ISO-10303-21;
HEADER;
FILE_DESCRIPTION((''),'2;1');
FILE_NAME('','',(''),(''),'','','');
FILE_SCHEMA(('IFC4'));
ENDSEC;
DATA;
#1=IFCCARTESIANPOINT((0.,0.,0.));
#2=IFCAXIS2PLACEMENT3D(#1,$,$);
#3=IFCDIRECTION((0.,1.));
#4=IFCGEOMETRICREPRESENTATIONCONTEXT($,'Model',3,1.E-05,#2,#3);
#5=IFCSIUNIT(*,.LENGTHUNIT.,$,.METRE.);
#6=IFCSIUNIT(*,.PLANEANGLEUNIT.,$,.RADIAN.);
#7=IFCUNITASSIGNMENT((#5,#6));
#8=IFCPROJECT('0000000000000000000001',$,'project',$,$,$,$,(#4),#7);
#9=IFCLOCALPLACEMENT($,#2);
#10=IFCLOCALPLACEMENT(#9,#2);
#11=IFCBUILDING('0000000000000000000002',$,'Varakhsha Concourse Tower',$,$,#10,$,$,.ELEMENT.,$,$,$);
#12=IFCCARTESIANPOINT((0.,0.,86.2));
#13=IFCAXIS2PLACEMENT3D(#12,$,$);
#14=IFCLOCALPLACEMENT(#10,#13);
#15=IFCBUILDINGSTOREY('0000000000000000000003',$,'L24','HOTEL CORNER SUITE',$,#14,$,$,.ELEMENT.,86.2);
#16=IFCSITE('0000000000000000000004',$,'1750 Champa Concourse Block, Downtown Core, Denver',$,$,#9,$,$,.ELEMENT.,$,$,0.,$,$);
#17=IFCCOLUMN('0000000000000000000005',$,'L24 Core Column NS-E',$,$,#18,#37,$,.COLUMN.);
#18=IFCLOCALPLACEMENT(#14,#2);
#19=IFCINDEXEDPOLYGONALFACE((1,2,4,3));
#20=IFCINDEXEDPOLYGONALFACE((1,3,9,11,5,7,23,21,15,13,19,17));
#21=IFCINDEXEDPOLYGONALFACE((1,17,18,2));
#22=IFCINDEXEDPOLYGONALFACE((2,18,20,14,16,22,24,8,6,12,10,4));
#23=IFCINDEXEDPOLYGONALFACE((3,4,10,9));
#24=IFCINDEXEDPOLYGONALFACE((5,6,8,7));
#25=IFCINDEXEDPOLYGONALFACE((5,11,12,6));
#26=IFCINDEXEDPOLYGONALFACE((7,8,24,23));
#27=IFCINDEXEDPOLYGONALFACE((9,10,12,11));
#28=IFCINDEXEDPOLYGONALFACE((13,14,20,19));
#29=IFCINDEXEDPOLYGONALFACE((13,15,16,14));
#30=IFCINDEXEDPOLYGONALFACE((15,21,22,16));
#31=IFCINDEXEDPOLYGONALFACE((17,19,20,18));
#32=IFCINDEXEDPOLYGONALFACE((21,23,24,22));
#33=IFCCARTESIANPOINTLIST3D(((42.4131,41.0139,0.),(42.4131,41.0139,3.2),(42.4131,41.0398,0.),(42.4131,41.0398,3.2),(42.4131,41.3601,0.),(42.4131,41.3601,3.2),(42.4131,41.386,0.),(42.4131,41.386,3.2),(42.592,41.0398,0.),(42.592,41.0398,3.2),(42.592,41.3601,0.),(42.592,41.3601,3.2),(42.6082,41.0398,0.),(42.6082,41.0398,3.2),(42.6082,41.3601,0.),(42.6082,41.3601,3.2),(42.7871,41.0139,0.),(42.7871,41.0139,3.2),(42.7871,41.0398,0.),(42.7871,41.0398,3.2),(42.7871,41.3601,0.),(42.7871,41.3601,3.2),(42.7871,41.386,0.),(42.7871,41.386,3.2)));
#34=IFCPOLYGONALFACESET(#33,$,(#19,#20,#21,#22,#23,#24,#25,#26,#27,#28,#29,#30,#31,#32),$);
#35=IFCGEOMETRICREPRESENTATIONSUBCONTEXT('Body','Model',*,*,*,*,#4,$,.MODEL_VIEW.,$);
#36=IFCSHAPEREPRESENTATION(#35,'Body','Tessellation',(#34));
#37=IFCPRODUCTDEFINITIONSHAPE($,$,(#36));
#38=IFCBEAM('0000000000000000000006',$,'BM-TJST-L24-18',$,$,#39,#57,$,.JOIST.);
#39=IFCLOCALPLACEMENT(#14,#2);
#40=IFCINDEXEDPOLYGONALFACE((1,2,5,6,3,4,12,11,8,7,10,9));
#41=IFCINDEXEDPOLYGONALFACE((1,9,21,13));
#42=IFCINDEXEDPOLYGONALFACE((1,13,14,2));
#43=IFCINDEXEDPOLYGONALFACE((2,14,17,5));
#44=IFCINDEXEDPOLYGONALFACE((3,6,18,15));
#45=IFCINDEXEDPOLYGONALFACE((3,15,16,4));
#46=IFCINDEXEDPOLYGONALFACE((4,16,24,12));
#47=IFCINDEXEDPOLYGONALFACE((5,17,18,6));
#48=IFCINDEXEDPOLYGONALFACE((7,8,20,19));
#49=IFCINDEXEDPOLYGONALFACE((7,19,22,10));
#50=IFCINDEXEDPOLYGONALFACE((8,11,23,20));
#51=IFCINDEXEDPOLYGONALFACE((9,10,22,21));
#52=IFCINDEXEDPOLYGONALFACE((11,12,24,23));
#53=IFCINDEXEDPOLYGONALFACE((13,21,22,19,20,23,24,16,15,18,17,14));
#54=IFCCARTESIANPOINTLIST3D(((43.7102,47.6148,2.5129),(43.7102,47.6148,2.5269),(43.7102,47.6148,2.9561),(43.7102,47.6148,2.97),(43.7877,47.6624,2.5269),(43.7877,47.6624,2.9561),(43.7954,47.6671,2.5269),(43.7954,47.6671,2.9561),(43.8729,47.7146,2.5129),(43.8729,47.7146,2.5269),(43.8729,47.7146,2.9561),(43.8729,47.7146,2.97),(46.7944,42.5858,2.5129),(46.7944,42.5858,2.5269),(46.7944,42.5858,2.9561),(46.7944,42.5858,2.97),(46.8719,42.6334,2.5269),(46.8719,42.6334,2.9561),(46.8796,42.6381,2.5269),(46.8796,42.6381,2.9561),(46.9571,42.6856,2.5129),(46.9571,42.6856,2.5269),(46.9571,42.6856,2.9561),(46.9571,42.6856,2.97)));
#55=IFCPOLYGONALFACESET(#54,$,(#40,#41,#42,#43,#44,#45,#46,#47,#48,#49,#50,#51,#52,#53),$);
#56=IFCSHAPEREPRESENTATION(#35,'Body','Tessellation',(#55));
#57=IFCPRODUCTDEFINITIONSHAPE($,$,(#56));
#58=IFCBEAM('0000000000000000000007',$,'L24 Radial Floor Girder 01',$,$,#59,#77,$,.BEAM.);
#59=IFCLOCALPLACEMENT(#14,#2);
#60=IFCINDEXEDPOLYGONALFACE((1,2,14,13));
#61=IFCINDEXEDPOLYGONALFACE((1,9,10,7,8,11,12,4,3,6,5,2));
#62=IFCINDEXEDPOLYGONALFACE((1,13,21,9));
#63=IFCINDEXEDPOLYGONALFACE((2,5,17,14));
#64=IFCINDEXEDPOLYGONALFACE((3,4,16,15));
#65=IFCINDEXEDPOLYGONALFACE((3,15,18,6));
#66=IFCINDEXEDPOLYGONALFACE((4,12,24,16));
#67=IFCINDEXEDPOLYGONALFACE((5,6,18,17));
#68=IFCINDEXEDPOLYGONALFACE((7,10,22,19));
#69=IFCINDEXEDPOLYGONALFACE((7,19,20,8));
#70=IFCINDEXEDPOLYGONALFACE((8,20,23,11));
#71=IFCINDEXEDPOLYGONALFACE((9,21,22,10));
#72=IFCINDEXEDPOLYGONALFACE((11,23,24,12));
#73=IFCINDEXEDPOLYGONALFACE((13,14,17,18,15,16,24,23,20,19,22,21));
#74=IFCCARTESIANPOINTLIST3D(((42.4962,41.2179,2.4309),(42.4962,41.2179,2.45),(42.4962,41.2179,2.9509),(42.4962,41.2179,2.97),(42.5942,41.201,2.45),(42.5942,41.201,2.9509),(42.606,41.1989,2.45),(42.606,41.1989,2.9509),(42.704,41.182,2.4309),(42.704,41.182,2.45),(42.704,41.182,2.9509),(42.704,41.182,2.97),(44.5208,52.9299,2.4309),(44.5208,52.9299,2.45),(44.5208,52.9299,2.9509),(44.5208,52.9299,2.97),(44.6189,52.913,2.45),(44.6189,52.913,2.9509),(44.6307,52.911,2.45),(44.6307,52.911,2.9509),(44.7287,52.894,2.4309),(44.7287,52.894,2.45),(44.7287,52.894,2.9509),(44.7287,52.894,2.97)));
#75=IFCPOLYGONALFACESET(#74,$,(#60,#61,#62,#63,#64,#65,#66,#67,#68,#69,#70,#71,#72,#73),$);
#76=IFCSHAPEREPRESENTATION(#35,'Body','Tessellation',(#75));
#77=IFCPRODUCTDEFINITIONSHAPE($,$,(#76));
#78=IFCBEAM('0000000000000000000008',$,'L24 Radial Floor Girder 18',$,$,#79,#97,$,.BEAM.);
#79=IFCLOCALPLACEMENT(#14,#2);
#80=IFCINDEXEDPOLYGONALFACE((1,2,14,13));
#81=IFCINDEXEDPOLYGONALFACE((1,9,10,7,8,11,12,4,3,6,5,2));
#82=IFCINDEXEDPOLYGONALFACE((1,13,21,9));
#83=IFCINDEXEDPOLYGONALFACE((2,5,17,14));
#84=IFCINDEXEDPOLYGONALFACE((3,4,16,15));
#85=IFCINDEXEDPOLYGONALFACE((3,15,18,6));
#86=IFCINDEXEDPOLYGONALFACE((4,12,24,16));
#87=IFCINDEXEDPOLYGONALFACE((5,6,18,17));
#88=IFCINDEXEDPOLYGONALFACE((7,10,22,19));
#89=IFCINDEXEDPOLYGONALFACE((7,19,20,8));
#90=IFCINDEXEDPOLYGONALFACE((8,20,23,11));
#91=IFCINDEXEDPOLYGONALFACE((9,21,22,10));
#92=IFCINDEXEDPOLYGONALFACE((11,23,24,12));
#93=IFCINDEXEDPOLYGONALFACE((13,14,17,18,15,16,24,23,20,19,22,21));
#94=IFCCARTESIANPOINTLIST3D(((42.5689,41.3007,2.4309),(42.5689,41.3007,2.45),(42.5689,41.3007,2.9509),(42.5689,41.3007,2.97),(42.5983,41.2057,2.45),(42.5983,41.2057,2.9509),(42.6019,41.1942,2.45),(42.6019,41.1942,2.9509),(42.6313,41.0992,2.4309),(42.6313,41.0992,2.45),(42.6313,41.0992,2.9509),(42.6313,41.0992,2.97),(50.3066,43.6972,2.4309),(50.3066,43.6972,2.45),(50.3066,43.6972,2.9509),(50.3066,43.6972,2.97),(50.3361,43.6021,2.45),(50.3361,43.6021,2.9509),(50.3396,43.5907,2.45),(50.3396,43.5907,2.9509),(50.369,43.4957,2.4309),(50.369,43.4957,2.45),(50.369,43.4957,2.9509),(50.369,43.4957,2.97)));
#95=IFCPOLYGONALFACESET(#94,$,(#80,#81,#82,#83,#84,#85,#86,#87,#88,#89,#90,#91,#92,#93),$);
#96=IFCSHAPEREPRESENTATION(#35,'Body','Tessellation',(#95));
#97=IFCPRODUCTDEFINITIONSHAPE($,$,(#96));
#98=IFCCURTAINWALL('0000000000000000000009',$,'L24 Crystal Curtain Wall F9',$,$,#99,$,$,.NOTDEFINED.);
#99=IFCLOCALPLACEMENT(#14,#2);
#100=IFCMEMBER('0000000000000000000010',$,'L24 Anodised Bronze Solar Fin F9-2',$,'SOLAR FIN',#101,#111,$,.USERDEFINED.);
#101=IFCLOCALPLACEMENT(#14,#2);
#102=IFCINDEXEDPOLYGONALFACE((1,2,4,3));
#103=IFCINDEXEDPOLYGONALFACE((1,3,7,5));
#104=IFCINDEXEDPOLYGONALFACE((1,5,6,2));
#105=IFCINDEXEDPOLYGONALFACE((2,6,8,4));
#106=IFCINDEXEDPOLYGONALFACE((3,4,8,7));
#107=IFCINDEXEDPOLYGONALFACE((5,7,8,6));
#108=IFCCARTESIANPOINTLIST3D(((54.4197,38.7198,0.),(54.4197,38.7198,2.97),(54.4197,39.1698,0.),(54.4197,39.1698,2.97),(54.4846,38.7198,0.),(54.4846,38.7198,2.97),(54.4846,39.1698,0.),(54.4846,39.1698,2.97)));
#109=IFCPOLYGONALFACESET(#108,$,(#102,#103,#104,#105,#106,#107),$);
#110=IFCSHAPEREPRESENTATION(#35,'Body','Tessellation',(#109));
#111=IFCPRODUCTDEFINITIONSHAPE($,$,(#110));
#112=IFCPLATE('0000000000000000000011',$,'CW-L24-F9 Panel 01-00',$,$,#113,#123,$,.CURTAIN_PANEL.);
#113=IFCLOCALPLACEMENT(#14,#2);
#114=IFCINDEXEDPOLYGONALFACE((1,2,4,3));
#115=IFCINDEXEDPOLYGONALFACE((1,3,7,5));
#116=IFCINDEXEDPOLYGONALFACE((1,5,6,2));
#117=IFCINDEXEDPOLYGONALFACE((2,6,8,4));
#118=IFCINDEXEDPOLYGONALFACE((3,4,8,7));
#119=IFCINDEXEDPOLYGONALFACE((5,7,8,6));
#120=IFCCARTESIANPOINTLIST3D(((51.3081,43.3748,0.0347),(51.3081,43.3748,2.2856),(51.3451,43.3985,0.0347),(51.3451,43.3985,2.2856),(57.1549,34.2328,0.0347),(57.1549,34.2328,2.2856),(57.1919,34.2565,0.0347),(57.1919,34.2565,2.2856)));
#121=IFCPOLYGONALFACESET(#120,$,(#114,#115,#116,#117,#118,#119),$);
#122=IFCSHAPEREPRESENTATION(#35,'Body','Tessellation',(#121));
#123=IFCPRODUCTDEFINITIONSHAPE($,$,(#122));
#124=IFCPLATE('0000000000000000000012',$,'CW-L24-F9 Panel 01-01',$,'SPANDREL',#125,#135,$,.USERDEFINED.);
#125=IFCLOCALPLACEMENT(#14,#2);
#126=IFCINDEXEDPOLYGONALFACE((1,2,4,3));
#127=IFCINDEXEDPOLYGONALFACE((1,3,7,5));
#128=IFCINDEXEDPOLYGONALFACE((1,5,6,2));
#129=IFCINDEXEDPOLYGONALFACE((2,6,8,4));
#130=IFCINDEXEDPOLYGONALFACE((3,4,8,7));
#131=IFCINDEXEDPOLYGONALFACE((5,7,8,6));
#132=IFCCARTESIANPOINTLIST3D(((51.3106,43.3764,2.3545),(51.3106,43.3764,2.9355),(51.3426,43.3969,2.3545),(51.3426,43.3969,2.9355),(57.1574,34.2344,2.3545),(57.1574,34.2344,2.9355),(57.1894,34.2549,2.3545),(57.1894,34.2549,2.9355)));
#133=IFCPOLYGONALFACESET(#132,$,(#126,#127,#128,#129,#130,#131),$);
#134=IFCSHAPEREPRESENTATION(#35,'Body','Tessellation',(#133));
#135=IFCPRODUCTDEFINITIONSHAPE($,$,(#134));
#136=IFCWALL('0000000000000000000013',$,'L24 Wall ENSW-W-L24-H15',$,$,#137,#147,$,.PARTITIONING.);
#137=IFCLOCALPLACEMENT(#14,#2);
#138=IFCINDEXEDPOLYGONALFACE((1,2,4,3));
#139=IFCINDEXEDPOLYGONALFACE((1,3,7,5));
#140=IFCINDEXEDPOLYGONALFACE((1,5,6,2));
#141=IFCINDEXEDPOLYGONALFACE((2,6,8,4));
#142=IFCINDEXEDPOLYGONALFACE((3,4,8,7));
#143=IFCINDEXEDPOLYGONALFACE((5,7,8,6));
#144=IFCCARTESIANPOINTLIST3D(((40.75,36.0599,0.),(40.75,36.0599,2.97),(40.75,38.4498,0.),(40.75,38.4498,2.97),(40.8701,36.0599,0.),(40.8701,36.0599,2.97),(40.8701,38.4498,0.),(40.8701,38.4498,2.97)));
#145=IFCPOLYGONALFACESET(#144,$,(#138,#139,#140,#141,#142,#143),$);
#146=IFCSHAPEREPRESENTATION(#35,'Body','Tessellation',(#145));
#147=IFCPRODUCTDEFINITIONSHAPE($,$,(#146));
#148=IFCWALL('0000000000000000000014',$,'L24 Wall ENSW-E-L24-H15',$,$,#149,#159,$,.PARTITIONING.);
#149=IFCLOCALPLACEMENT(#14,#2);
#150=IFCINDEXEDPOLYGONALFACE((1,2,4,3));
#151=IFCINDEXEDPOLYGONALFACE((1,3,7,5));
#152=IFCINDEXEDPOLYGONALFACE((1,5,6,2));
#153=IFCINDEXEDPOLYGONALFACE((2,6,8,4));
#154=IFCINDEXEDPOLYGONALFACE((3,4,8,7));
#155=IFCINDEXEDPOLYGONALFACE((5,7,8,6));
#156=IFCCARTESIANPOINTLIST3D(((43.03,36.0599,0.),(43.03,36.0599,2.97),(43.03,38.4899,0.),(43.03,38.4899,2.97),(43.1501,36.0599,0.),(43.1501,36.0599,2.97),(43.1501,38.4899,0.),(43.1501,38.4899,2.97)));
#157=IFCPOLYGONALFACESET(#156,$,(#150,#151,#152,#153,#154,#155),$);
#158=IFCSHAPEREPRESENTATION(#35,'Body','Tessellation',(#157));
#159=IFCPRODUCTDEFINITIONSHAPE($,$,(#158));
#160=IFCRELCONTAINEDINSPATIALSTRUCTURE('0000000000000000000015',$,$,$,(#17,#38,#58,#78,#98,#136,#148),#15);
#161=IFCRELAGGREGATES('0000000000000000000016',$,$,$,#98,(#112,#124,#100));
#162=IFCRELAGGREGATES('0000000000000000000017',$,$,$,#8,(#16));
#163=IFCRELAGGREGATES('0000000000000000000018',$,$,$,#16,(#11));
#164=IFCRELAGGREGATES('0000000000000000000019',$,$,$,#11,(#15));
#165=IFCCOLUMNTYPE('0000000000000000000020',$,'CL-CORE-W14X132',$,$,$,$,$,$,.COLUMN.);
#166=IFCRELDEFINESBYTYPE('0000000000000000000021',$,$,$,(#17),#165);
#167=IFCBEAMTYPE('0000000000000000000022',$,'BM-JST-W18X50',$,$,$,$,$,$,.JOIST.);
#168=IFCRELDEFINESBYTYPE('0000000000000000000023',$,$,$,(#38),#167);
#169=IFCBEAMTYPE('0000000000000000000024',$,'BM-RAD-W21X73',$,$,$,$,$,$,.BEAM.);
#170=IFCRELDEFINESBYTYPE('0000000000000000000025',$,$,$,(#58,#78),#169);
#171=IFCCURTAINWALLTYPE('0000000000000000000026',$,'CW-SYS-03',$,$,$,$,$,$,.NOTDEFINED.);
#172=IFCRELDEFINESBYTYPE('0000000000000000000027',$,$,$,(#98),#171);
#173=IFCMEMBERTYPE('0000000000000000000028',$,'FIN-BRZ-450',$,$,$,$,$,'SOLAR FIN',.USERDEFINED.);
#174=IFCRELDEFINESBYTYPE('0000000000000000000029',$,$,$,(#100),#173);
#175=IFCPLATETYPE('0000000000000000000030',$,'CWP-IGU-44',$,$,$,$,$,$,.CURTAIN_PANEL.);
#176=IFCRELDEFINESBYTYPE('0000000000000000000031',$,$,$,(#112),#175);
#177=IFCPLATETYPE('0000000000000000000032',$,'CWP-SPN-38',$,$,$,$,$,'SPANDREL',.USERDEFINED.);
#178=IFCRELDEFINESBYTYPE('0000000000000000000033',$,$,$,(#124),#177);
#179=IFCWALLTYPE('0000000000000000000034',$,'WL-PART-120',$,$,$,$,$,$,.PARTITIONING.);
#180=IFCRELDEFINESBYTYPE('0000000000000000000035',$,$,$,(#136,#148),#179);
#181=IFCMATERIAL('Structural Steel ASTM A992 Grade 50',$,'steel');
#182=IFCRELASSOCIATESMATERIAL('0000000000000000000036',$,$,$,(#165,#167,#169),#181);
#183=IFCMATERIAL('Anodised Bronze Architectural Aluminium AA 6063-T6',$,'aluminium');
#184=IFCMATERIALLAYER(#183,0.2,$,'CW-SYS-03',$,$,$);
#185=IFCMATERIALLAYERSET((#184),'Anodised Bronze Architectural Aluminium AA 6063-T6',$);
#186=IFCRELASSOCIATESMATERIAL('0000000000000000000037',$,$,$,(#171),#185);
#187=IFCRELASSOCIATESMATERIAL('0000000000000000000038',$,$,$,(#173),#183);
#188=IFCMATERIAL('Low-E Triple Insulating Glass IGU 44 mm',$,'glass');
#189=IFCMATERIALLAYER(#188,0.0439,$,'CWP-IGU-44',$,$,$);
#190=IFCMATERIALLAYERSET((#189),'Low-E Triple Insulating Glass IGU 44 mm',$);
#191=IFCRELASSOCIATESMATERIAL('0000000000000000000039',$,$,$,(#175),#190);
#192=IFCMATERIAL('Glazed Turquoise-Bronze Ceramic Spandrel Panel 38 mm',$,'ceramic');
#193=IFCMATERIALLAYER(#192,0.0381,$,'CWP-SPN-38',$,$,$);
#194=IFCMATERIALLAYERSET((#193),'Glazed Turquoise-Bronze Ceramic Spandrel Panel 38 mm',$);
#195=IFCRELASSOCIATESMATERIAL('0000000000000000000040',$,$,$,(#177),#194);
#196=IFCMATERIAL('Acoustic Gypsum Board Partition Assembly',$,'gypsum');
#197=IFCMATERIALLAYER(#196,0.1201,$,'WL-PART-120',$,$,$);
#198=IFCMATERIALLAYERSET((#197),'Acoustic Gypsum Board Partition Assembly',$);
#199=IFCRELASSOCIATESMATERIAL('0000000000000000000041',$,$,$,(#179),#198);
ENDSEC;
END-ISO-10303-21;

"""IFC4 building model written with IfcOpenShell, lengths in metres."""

from ifc_helpers import new_model, si_unit, direction, frame, frame_2d, origin, origin_2d, place, context, subcontext, project, spatial, rectangle, i_section, extrude, source, transform, mapped, material, layer, layer_set, material_profile, profile_set, type_object, type_shapes, element, aggregate, save


model = new_model("IFC4")

# Units and contexts
model_context = context("Model", 3, precision=1e-05, world=origin(), true_north=direction((0.0, 1.0)))
body_context = subcontext(model_context, "Body", "Model", "MODEL_VIEW")
ifc_project = project(units=[si_unit("LENGTHUNIT", "METRE"), si_unit("PLANEANGLEUNIT", "RADIAN")], contexts=[model_context])

# Site, building, storey
site_placement = place(None, origin())
site = spatial("IfcSite", under=ifc_project, at=site_placement, Name="1750 Champa Concourse Block, Downtown Core, Denver", CompositionType="ELEMENT", RefElevation=0.0)
building_placement = place(site_placement, origin())
building = spatial("IfcBuilding", under=site, at=building_placement, Name="Varakhsha Concourse Tower", CompositionType="ELEMENT")
storey_placement = place(building_placement, frame((0.0, 0.0, 86.2)))
storey = spatial("IfcBuildingStorey", under=building, at=storey_placement, Name="L24", Description="HOTEL CORNER SUITE", CompositionType="ELEMENT", Elevation=86.2)

# Column
ifc_material_1 = material(Name="Structural Steel ASTM A992 Grade 50", Category="steel")
ifc_material_profile_1 = material_profile(ifc_material_1, i_section(OverallWidth=0.374, OverallDepth=0.3721, WebThickness=0.0161, FlangeThickness=0.0259, at=origin_2d()), Name="W14X132")
ifc_profile_set_1 = profile_set([ifc_material_profile_1], Name="Structural Steel ASTM A992 Grade 50")
column_type = type_object("IfcColumnType", Name="CL-CORE-W14X132", PredefinedType="COLUMN", material=ifc_profile_set_1)
column_placement = place(storey_placement, frame((42.6001, 41.2, 0.0), z_axis=(0.0, 0.0, 1.0), x_axis=(1.0, 0.0, 0.0)))
element("IfcColumn", 1, at=column_placement, inside=storey, type_object=column_type, Name="L24 Core Column NS-E", PredefinedType="COLUMN", context=body_context, shape_type="SweptSolid", body=[
    extrude(i_section(OverallWidth=0.374, OverallDepth=0.3721, WebThickness=0.0161, FlangeThickness=0.0259, at=origin_2d()), origin(), (0.0, 0.0, 1.0), 3.2),
])

# Beams
ifc_material_profile_2 = material_profile(ifc_material_1, i_section(OverallWidth=0.1909, OverallDepth=0.457, WebThickness=0.009, FlangeThickness=0.0139, at=origin_2d()), Name="W18X50")
ifc_profile_set_2 = profile_set([ifc_material_profile_2], Name="Structural Steel ASTM A992 Grade 50")
beam_type_1 = type_object("IfcBeamType", Name="BM-JST-W18X50", PredefinedType="JOIST", material=ifc_profile_set_2)
beam_1_placement = place(storey_placement, frame((46.8757, 42.6357, 2.7415), z_axis=(-0.522797, 0.852457, 0.0), x_axis=(-0.852457, -0.522797, 0.0)))
element("IfcBeam", 2, at=beam_1_placement, inside=storey, type_object=beam_type_1, Name="BM-TJST-L24-18", PredefinedType="JOIST", context=body_context, shape_type="SweptSolid", body=[
    extrude(i_section(OverallWidth=0.1909, OverallDepth=0.457, WebThickness=0.009, FlangeThickness=0.0139, at=origin_2d()), origin(), (0.0, 0.0, 1.0), 5.8994),
])
ifc_material_profile_3 = material_profile(ifc_material_1, i_section(OverallWidth=0.2109, OverallDepth=0.5391, WebThickness=0.012, FlangeThickness=0.019, at=origin_2d()), Name="W21X73")
ifc_profile_set_3 = profile_set([ifc_material_profile_3], Name="Structural Steel ASTM A992 Grade 50")
beam_type_2 = type_object("IfcBeamType", Name="BM-RAD-W21X73", PredefinedType="BEAM", material=ifc_profile_set_3)
beam_2_placement = place(storey_placement, frame((42.6001, 41.2, 2.7004), z_axis=(0.170345, 0.985384, 0.0), x_axis=(-0.985384, 0.170345, 0.0)))
element("IfcBeam", 3, at=beam_2_placement, inside=storey, type_object=beam_type_2, Name="L24 Radial Floor Girder 01", PredefinedType="BEAM", context=body_context, shape_type="SweptSolid", body=[
    extrude(i_section(OverallWidth=0.2109, OverallDepth=0.5391, WebThickness=0.012, FlangeThickness=0.019, at=origin_2d()), origin(), (0.0, 0.0, 1.0), 11.8857),
])
beam_3_placement = place(storey_placement, frame((42.6001, 41.2, 2.7004), z_axis=(0.955235, 0.295847, 0.0), x_axis=(-0.295847, 0.955235, 0.0)))
element("IfcBeam", 4, at=beam_3_placement, inside=storey, type_object=beam_type_2, Name="L24 Radial Floor Girder 18", PredefinedType="BEAM", context=body_context, shape_type="SweptSolid", body=[
    extrude(i_section(OverallWidth=0.2109, OverallDepth=0.5391, WebThickness=0.012, FlangeThickness=0.019, at=origin_2d()), origin(), (0.0, 0.0, 1.0), 8.1003),
])

# Curtain wall, member, plates
ifc_material_2 = material(Name="Anodised Bronze Architectural Aluminium AA 6063-T6", Category="aluminium")
ifc_layer_1 = layer(ifc_material_2, 0.2, Name="CW-SYS-03")
ifc_layer_set_1 = layer_set([ifc_layer_1], Name="Anodised Bronze Architectural Aluminium AA 6063-T6")
curtain_wall_type = type_object("IfcCurtainWallType", Name="CW-SYS-03", PredefinedType="NOTDEFINED", material=ifc_layer_set_1)
curtain_wall_placement = place(storey_placement, origin())
curtain_wall = element("IfcCurtainWall", 5, at=curtain_wall_placement, inside=storey, type_object=curtain_wall_type, Name="L24 Crystal Curtain Wall F9", PredefinedType="NOTDEFINED")
ifc_material_profile_4 = material_profile(ifc_material_2, rectangle(XDim=0.0649, YDim=0.45, at=origin_2d()), Name="FIN-BRZ-450")
ifc_profile_set_4 = profile_set([ifc_material_profile_4], Name="Anodised Bronze Architectural Aluminium AA 6063-T6")
member_type = type_object("IfcMemberType", Name="FIN-BRZ-450", ElementType="SOLAR FIN", PredefinedType="USERDEFINED", material=ifc_profile_set_4)
shared_shape_1 = source(origin(), body_context, "Body", "SweptSolid", [
    extrude(rectangle(XDim=0.0649, YDim=0.45, at=origin_2d()), origin(), (0.0, 0.0, 1.0), 2.97),
])
type_shapes(member_type, [shared_shape_1])
member_placement = place(storey_placement, frame((54.4521, 38.9448, 0.0), z_axis=(0.0, 0.0, 1.0), x_axis=(1.0, 0.0, 0.0)))
member = element("IfcMember", 6, at=member_placement, type_object=member_type, Name="L24 Anodised Bronze Solar Fin F9-2", ObjectType="SOLAR FIN", PredefinedType="USERDEFINED", context=body_context, shape_type="MappedRepresentation", body=[
    mapped(shared_shape_1, transform((0.0, 0.0, 0.0), scale=1.0)),
])
ifc_material_3 = material(Name="Low-E Triple Insulating Glass IGU 44 mm", Category="glass")
ifc_layer_2 = layer(ifc_material_3, 0.0439, Name="CWP-IGU-44")
ifc_layer_set_2 = layer_set([ifc_layer_2], Name="Low-E Triple Insulating Glass IGU 44 mm")
plate_type_1 = type_object("IfcPlateType", Name="CWP-IGU-44", PredefinedType="CURTAIN_PANEL", material=ifc_layer_set_2)
shared_shape_2 = source(origin(), body_context, "Body", "SweptSolid", [
    extrude(rectangle(XDim=10.8518, YDim=0.0439, at=origin_2d()), origin(), (0.0, 0.0, 1.0), 2.251),
])
type_shapes(plate_type_1, [shared_shape_2])
plate_1_placement = place(storey_placement, frame((54.25, 38.8157, 0.0347), z_axis=(0.0, 0.0, 1.0), x_axis=(0.538787, -0.842442, 0.0)))
plate_1 = element("IfcPlate", 7, at=plate_1_placement, type_object=plate_type_1, Name="CW-L24-F9 Panel 01-00", PredefinedType="CURTAIN_PANEL", context=body_context, shape_type="MappedRepresentation", body=[
    mapped(shared_shape_2, transform((0.0, 0.0, 0.0), scale=1.0)),
])
ifc_material_4 = material(Name="Glazed Turquoise-Bronze Ceramic Spandrel Panel 38 mm", Category="ceramic")
ifc_layer_3 = layer(ifc_material_4, 0.0381, Name="CWP-SPN-38")
ifc_layer_set_3 = layer_set([ifc_layer_3], Name="Glazed Turquoise-Bronze Ceramic Spandrel Panel 38 mm")
plate_type_2 = type_object("IfcPlateType", Name="CWP-SPN-38", ElementType="SPANDREL", PredefinedType="USERDEFINED", material=ifc_layer_set_3)
shared_shape_3 = source(origin(), body_context, "Body", "SweptSolid", [
    extrude(rectangle(XDim=10.8518, YDim=0.0381, at=origin_2d()), origin(), (0.0, 0.0, 1.0), 0.5811),
])
type_shapes(plate_type_2, [shared_shape_3])
plate_2_placement = place(storey_placement, frame((54.25, 38.8157, 2.3545), z_axis=(0.0, 0.0, 1.0), x_axis=(0.538787, -0.842442, 0.0)))
plate_2 = element("IfcPlate", 8, at=plate_2_placement, type_object=plate_type_2, Name="CW-L24-F9 Panel 01-01", ObjectType="SPANDREL", PredefinedType="USERDEFINED", context=body_context, shape_type="MappedRepresentation", body=[
    mapped(shared_shape_3, transform((0.0, 0.0, 0.0), scale=1.0)),
])
aggregate(curtain_wall, [plate_1, plate_2, member])

# Walls
ifc_material_5 = material(Name="Acoustic Gypsum Board Partition Assembly", Category="gypsum")
ifc_layer_4 = layer(ifc_material_5, 0.1201, Name="WL-PART-120")
ifc_layer_set_4 = layer_set([ifc_layer_4], Name="Acoustic Gypsum Board Partition Assembly")
wall_type_1 = type_object("IfcWallType", Name="WL-PART-120", PredefinedType="PARTITIONING", material=ifc_layer_set_4)
wall_1_placement = place(storey_placement, frame((40.8101, 36.0601, 0.0), z_axis=(0.0, 0.0, 1.0), x_axis=(0.0, 1.0, 0.0)))
element("IfcWall", 9, at=wall_1_placement, inside=storey, type_object=wall_type_1, Name="L24 Wall ENSW-W-L24-H15", PredefinedType="PARTITIONING", context=body_context, shape_type="SweptSolid", body=[
    extrude(rectangle(XDim=2.3899, YDim=0.1201, at=frame_2d((1.1948, 0.0))), origin(), (0.0, 0.0, 1.0), 2.97),
])
wall_2_placement = place(storey_placement, frame((43.0901, 36.0601, 0.0), z_axis=(0.0, 0.0, 1.0), x_axis=(0.0, 1.0, 0.0)))
element("IfcWall", 10, at=wall_2_placement, inside=storey, type_object=wall_type_1, Name="L24 Wall ENSW-E-L24-H15", PredefinedType="PARTITIONING", context=body_context, shape_type="SweptSolid", body=[
    extrude(rectangle(XDim=2.4299, YDim=0.1201, at=frame_2d((1.2148, 0.0))), origin(), (0.0, 0.0, 1.0), 2.97),
])

save(model, "model.ifc")
